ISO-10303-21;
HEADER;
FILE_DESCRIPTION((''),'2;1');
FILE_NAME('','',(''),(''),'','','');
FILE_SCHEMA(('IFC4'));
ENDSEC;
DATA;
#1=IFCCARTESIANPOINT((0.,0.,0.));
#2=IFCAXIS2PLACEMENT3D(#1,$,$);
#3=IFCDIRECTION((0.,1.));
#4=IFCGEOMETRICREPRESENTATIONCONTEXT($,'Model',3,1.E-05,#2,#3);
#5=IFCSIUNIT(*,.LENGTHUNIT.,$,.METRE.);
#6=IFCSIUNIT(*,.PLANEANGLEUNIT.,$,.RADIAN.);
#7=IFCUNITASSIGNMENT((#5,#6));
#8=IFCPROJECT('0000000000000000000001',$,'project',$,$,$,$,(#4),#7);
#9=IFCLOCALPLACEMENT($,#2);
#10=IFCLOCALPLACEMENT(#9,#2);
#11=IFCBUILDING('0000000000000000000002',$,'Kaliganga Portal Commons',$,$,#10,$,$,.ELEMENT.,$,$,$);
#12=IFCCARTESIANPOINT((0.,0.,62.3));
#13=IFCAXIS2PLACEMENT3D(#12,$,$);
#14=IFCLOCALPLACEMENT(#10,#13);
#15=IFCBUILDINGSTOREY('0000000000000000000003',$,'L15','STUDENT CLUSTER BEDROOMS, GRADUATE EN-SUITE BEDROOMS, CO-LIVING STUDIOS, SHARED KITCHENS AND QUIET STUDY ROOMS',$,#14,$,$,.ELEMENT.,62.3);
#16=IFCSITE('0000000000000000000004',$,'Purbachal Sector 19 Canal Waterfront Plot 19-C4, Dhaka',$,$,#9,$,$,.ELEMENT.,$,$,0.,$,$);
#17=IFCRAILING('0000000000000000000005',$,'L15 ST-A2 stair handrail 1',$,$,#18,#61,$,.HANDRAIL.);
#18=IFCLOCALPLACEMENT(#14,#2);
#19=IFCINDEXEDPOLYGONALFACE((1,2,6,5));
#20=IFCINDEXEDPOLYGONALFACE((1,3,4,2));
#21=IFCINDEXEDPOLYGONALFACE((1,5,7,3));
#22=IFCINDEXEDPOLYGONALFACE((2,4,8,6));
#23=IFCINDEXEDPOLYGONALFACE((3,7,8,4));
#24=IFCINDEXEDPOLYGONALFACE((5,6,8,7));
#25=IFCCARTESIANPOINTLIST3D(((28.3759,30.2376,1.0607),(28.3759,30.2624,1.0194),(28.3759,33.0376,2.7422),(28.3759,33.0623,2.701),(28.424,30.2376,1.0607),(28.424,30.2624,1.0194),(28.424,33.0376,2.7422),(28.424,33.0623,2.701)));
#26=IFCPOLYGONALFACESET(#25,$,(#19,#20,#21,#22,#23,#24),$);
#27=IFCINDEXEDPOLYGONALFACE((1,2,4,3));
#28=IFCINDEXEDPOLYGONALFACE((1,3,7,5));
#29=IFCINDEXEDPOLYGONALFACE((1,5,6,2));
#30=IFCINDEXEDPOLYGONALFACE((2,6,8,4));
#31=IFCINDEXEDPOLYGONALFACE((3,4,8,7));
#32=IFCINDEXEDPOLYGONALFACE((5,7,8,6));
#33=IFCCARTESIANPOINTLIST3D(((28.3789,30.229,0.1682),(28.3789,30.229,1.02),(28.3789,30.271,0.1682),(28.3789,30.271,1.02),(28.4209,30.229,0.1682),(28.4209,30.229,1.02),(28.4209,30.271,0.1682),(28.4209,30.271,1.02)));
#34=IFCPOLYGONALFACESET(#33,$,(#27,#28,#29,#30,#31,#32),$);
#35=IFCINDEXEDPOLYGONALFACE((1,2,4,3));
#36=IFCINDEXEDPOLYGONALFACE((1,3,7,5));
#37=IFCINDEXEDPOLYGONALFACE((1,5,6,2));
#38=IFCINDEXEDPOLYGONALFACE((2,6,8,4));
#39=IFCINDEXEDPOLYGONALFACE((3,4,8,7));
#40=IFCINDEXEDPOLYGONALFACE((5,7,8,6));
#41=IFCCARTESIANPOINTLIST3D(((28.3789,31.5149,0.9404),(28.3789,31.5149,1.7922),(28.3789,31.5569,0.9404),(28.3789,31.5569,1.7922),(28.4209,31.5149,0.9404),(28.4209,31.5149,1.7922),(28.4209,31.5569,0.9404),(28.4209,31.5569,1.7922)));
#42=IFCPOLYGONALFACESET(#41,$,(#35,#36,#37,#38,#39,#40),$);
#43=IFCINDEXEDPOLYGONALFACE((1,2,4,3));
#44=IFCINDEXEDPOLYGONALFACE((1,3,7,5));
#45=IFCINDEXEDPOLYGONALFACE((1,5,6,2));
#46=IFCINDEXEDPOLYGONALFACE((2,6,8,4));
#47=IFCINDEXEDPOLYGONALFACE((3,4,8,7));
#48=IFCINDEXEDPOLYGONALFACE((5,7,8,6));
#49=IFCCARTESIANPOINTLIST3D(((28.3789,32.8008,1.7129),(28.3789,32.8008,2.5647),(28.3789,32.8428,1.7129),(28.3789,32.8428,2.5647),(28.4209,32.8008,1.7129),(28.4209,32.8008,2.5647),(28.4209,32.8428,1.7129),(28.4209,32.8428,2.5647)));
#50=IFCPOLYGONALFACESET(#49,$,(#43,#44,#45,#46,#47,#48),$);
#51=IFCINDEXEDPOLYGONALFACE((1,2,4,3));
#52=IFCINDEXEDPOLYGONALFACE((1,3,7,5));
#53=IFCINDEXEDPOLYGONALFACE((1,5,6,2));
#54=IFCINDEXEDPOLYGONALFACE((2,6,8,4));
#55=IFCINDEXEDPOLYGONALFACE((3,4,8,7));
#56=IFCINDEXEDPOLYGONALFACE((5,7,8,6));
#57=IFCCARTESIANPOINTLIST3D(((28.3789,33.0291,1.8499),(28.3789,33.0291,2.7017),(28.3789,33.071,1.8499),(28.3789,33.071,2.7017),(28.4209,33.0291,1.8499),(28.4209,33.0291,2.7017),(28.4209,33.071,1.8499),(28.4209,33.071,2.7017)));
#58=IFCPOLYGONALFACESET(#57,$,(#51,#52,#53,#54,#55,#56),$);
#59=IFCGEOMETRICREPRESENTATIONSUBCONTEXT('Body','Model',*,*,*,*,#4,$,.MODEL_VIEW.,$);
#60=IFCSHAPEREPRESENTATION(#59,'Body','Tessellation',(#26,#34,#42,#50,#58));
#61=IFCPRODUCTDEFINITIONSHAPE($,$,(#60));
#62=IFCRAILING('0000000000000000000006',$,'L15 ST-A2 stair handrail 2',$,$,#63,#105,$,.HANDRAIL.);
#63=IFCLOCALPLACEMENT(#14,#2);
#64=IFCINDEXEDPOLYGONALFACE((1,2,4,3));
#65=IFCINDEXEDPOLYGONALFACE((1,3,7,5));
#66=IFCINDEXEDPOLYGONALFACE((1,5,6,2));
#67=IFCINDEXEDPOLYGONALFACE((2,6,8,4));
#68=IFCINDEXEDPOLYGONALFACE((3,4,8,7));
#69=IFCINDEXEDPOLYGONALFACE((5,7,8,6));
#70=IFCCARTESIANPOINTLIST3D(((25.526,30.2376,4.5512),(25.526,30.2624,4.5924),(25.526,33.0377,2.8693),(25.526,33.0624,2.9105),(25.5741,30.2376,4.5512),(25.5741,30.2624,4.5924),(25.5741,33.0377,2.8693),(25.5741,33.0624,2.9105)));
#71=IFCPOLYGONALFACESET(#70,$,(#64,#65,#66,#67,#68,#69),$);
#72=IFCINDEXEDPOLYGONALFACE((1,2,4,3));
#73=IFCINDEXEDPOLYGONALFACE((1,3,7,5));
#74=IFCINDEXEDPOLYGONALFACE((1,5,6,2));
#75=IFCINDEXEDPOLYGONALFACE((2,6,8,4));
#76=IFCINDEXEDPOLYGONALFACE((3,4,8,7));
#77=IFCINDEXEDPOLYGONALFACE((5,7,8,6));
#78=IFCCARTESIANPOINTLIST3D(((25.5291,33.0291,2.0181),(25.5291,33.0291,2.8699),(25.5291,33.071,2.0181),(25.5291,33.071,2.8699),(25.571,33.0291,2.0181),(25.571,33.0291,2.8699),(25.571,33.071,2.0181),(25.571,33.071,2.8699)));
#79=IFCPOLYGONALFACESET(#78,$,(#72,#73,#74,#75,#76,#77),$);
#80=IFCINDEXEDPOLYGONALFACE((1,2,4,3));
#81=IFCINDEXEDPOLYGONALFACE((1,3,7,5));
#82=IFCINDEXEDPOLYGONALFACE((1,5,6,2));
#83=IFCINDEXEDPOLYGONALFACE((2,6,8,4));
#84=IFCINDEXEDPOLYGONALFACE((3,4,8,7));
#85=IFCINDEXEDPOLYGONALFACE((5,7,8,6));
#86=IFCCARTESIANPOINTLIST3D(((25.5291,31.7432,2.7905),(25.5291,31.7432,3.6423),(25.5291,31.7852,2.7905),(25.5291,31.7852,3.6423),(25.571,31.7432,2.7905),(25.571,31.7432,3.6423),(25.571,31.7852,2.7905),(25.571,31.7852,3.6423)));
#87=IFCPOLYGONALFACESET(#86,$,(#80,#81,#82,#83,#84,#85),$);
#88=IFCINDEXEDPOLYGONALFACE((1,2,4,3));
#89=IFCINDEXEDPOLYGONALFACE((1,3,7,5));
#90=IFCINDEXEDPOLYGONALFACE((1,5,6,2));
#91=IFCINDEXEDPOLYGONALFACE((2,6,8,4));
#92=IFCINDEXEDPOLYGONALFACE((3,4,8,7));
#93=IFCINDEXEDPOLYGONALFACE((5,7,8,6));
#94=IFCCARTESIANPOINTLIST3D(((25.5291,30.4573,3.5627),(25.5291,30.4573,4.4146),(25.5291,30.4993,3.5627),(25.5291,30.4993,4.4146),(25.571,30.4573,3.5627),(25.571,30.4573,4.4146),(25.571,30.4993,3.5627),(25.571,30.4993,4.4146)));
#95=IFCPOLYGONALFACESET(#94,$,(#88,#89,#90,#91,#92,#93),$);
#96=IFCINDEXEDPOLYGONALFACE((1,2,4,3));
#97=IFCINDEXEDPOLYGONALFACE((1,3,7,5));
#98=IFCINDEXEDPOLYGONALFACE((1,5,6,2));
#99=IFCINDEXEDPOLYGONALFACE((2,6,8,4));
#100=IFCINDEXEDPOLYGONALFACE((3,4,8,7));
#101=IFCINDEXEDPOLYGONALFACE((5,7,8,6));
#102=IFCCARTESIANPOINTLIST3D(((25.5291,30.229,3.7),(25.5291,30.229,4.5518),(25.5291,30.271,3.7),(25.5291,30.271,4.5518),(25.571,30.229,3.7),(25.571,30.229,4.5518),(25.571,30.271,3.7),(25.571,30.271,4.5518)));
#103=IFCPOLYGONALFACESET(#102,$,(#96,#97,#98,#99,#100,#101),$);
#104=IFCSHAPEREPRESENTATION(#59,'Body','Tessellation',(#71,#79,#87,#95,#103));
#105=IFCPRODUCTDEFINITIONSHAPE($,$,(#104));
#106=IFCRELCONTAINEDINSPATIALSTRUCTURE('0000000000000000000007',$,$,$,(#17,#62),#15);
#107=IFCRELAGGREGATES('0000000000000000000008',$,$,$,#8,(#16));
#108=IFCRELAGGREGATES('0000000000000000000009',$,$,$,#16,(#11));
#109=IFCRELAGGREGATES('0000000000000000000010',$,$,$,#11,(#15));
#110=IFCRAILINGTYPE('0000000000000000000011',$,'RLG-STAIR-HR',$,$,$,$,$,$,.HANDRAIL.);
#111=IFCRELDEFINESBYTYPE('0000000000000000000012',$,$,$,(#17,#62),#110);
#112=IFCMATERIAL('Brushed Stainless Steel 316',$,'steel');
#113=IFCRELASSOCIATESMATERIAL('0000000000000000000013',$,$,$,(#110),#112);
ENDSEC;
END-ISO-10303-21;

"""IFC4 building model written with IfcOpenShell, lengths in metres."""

from ifc_helpers import new_model, si_unit, direction, frame, origin, origin_2d, place, context, subcontext, project, spatial, rectangle, extrude, material, type_object, element, save


model = new_model("IFC4")

# Units and contexts
model_context = context("Model", 3, precision=1e-05, world=origin(), true_north=direction((0.0, 1.0)))
body_context = subcontext(model_context, "Body", "Model", "MODEL_VIEW")
ifc_project = project(units=[si_unit("LENGTHUNIT", "METRE"), si_unit("PLANEANGLEUNIT", "RADIAN")], contexts=[model_context])

# Site, building, storey
site_placement = place(None, origin())
site = spatial("IfcSite", under=ifc_project, at=site_placement, Name="Purbachal Sector 19 Canal Waterfront Plot 19-C4, Dhaka", CompositionType="ELEMENT", RefElevation=0.0)
building_placement = place(site_placement, origin())
building = spatial("IfcBuilding", under=site, at=building_placement, Name="Kaliganga Portal Commons", CompositionType="ELEMENT")
storey_placement = place(building_placement, frame((0.0, 0.0, 62.3)))
storey = spatial("IfcBuildingStorey", under=building, at=storey_placement, Name="L15", Description="STUDENT CLUSTER BEDROOMS, GRADUATE EN-SUITE BEDROOMS, CO-LIVING STUDIOS, SHARED KITCHENS AND QUIET STUDY ROOMS", CompositionType="ELEMENT", Elevation=62.3)

# Railings
ifc_material_1 = material(Name="Brushed Stainless Steel 316", Category="steel")
railing_type_1 = type_object("IfcRailingType", Name="RLG-STAIR-HR", PredefinedType="HANDRAIL", material=ifc_material_1)
railing_1_placement = place(storey_placement, frame((28.3999, 30.25, 0.1682)))
element("IfcRailing", 1, at=railing_1_placement, inside=storey, type_object=railing_type_1, Name="L15 ST-A2 stair handrail 1", PredefinedType="HANDRAIL", context=body_context, shape_type="SweptSolid", body=[
    extrude(rectangle(XDim=0.0481, YDim=0.0481, at=origin_2d()), frame((0.0, 0.0, 0.8718), z_axis=(0.0, 0.857275, 0.514858), x_axis=(-1.0, 0.0, 0.0)), (0.0, 0.0, 1.0), 3.2661),
    extrude(rectangle(XDim=0.042, YDim=0.042, at=origin_2d()), origin(), (0.0, 0.0, 1.0), 0.8518),
    extrude(rectangle(XDim=0.042, YDim=0.042, at=origin_2d()), frame((0.0, 1.2859, 0.7722)), (0.0, 0.0, 1.0), 0.8518),
    extrude(rectangle(XDim=0.042, YDim=0.042, at=origin_2d()), frame((0.0, 2.5718, 1.5447)), (0.0, 0.0, 1.0), 0.8518),
    extrude(rectangle(XDim=0.042, YDim=0.042, at=origin_2d()), frame((0.0, 2.8, 1.6816)), (0.0, 0.0, 1.0), 0.8518),
])
railing_2_placement = place(storey_placement, frame((25.55, 33.05, 2.0181)))
element("IfcRailing", 2, at=railing_2_placement, inside=storey, type_object=railing_type_1, Name="L15 ST-A2 stair handrail 2", PredefinedType="HANDRAIL", context=body_context, shape_type="SweptSolid", body=[
    extrude(rectangle(XDim=0.0481, YDim=0.0481, at=origin_2d()), frame((0.0, 0.0, 0.8718), z_axis=(0.0, -0.857242, 0.514913), x_axis=(1.0, 0.0, 0.0)), (0.0, 0.0, 1.0), 3.2664),
    extrude(rectangle(XDim=0.042, YDim=0.042, at=origin_2d()), origin(), (0.0, 0.0, 1.0), 0.8518),
    extrude(rectangle(XDim=0.042, YDim=0.042, at=origin_2d()), frame((0.0, -1.2859, 0.7725)), (0.0, 0.0, 1.0), 0.8518),
    extrude(rectangle(XDim=0.042, YDim=0.042, at=origin_2d()), frame((0.0, -2.5718, 1.5447)), (0.0, 0.0, 1.0), 0.8518),
    extrude(rectangle(XDim=0.042, YDim=0.042, at=origin_2d()), frame((0.0, -2.8, 1.6819)), (0.0, 0.0, 1.0), 0.8518),
])

save(model, "model.ifc")
